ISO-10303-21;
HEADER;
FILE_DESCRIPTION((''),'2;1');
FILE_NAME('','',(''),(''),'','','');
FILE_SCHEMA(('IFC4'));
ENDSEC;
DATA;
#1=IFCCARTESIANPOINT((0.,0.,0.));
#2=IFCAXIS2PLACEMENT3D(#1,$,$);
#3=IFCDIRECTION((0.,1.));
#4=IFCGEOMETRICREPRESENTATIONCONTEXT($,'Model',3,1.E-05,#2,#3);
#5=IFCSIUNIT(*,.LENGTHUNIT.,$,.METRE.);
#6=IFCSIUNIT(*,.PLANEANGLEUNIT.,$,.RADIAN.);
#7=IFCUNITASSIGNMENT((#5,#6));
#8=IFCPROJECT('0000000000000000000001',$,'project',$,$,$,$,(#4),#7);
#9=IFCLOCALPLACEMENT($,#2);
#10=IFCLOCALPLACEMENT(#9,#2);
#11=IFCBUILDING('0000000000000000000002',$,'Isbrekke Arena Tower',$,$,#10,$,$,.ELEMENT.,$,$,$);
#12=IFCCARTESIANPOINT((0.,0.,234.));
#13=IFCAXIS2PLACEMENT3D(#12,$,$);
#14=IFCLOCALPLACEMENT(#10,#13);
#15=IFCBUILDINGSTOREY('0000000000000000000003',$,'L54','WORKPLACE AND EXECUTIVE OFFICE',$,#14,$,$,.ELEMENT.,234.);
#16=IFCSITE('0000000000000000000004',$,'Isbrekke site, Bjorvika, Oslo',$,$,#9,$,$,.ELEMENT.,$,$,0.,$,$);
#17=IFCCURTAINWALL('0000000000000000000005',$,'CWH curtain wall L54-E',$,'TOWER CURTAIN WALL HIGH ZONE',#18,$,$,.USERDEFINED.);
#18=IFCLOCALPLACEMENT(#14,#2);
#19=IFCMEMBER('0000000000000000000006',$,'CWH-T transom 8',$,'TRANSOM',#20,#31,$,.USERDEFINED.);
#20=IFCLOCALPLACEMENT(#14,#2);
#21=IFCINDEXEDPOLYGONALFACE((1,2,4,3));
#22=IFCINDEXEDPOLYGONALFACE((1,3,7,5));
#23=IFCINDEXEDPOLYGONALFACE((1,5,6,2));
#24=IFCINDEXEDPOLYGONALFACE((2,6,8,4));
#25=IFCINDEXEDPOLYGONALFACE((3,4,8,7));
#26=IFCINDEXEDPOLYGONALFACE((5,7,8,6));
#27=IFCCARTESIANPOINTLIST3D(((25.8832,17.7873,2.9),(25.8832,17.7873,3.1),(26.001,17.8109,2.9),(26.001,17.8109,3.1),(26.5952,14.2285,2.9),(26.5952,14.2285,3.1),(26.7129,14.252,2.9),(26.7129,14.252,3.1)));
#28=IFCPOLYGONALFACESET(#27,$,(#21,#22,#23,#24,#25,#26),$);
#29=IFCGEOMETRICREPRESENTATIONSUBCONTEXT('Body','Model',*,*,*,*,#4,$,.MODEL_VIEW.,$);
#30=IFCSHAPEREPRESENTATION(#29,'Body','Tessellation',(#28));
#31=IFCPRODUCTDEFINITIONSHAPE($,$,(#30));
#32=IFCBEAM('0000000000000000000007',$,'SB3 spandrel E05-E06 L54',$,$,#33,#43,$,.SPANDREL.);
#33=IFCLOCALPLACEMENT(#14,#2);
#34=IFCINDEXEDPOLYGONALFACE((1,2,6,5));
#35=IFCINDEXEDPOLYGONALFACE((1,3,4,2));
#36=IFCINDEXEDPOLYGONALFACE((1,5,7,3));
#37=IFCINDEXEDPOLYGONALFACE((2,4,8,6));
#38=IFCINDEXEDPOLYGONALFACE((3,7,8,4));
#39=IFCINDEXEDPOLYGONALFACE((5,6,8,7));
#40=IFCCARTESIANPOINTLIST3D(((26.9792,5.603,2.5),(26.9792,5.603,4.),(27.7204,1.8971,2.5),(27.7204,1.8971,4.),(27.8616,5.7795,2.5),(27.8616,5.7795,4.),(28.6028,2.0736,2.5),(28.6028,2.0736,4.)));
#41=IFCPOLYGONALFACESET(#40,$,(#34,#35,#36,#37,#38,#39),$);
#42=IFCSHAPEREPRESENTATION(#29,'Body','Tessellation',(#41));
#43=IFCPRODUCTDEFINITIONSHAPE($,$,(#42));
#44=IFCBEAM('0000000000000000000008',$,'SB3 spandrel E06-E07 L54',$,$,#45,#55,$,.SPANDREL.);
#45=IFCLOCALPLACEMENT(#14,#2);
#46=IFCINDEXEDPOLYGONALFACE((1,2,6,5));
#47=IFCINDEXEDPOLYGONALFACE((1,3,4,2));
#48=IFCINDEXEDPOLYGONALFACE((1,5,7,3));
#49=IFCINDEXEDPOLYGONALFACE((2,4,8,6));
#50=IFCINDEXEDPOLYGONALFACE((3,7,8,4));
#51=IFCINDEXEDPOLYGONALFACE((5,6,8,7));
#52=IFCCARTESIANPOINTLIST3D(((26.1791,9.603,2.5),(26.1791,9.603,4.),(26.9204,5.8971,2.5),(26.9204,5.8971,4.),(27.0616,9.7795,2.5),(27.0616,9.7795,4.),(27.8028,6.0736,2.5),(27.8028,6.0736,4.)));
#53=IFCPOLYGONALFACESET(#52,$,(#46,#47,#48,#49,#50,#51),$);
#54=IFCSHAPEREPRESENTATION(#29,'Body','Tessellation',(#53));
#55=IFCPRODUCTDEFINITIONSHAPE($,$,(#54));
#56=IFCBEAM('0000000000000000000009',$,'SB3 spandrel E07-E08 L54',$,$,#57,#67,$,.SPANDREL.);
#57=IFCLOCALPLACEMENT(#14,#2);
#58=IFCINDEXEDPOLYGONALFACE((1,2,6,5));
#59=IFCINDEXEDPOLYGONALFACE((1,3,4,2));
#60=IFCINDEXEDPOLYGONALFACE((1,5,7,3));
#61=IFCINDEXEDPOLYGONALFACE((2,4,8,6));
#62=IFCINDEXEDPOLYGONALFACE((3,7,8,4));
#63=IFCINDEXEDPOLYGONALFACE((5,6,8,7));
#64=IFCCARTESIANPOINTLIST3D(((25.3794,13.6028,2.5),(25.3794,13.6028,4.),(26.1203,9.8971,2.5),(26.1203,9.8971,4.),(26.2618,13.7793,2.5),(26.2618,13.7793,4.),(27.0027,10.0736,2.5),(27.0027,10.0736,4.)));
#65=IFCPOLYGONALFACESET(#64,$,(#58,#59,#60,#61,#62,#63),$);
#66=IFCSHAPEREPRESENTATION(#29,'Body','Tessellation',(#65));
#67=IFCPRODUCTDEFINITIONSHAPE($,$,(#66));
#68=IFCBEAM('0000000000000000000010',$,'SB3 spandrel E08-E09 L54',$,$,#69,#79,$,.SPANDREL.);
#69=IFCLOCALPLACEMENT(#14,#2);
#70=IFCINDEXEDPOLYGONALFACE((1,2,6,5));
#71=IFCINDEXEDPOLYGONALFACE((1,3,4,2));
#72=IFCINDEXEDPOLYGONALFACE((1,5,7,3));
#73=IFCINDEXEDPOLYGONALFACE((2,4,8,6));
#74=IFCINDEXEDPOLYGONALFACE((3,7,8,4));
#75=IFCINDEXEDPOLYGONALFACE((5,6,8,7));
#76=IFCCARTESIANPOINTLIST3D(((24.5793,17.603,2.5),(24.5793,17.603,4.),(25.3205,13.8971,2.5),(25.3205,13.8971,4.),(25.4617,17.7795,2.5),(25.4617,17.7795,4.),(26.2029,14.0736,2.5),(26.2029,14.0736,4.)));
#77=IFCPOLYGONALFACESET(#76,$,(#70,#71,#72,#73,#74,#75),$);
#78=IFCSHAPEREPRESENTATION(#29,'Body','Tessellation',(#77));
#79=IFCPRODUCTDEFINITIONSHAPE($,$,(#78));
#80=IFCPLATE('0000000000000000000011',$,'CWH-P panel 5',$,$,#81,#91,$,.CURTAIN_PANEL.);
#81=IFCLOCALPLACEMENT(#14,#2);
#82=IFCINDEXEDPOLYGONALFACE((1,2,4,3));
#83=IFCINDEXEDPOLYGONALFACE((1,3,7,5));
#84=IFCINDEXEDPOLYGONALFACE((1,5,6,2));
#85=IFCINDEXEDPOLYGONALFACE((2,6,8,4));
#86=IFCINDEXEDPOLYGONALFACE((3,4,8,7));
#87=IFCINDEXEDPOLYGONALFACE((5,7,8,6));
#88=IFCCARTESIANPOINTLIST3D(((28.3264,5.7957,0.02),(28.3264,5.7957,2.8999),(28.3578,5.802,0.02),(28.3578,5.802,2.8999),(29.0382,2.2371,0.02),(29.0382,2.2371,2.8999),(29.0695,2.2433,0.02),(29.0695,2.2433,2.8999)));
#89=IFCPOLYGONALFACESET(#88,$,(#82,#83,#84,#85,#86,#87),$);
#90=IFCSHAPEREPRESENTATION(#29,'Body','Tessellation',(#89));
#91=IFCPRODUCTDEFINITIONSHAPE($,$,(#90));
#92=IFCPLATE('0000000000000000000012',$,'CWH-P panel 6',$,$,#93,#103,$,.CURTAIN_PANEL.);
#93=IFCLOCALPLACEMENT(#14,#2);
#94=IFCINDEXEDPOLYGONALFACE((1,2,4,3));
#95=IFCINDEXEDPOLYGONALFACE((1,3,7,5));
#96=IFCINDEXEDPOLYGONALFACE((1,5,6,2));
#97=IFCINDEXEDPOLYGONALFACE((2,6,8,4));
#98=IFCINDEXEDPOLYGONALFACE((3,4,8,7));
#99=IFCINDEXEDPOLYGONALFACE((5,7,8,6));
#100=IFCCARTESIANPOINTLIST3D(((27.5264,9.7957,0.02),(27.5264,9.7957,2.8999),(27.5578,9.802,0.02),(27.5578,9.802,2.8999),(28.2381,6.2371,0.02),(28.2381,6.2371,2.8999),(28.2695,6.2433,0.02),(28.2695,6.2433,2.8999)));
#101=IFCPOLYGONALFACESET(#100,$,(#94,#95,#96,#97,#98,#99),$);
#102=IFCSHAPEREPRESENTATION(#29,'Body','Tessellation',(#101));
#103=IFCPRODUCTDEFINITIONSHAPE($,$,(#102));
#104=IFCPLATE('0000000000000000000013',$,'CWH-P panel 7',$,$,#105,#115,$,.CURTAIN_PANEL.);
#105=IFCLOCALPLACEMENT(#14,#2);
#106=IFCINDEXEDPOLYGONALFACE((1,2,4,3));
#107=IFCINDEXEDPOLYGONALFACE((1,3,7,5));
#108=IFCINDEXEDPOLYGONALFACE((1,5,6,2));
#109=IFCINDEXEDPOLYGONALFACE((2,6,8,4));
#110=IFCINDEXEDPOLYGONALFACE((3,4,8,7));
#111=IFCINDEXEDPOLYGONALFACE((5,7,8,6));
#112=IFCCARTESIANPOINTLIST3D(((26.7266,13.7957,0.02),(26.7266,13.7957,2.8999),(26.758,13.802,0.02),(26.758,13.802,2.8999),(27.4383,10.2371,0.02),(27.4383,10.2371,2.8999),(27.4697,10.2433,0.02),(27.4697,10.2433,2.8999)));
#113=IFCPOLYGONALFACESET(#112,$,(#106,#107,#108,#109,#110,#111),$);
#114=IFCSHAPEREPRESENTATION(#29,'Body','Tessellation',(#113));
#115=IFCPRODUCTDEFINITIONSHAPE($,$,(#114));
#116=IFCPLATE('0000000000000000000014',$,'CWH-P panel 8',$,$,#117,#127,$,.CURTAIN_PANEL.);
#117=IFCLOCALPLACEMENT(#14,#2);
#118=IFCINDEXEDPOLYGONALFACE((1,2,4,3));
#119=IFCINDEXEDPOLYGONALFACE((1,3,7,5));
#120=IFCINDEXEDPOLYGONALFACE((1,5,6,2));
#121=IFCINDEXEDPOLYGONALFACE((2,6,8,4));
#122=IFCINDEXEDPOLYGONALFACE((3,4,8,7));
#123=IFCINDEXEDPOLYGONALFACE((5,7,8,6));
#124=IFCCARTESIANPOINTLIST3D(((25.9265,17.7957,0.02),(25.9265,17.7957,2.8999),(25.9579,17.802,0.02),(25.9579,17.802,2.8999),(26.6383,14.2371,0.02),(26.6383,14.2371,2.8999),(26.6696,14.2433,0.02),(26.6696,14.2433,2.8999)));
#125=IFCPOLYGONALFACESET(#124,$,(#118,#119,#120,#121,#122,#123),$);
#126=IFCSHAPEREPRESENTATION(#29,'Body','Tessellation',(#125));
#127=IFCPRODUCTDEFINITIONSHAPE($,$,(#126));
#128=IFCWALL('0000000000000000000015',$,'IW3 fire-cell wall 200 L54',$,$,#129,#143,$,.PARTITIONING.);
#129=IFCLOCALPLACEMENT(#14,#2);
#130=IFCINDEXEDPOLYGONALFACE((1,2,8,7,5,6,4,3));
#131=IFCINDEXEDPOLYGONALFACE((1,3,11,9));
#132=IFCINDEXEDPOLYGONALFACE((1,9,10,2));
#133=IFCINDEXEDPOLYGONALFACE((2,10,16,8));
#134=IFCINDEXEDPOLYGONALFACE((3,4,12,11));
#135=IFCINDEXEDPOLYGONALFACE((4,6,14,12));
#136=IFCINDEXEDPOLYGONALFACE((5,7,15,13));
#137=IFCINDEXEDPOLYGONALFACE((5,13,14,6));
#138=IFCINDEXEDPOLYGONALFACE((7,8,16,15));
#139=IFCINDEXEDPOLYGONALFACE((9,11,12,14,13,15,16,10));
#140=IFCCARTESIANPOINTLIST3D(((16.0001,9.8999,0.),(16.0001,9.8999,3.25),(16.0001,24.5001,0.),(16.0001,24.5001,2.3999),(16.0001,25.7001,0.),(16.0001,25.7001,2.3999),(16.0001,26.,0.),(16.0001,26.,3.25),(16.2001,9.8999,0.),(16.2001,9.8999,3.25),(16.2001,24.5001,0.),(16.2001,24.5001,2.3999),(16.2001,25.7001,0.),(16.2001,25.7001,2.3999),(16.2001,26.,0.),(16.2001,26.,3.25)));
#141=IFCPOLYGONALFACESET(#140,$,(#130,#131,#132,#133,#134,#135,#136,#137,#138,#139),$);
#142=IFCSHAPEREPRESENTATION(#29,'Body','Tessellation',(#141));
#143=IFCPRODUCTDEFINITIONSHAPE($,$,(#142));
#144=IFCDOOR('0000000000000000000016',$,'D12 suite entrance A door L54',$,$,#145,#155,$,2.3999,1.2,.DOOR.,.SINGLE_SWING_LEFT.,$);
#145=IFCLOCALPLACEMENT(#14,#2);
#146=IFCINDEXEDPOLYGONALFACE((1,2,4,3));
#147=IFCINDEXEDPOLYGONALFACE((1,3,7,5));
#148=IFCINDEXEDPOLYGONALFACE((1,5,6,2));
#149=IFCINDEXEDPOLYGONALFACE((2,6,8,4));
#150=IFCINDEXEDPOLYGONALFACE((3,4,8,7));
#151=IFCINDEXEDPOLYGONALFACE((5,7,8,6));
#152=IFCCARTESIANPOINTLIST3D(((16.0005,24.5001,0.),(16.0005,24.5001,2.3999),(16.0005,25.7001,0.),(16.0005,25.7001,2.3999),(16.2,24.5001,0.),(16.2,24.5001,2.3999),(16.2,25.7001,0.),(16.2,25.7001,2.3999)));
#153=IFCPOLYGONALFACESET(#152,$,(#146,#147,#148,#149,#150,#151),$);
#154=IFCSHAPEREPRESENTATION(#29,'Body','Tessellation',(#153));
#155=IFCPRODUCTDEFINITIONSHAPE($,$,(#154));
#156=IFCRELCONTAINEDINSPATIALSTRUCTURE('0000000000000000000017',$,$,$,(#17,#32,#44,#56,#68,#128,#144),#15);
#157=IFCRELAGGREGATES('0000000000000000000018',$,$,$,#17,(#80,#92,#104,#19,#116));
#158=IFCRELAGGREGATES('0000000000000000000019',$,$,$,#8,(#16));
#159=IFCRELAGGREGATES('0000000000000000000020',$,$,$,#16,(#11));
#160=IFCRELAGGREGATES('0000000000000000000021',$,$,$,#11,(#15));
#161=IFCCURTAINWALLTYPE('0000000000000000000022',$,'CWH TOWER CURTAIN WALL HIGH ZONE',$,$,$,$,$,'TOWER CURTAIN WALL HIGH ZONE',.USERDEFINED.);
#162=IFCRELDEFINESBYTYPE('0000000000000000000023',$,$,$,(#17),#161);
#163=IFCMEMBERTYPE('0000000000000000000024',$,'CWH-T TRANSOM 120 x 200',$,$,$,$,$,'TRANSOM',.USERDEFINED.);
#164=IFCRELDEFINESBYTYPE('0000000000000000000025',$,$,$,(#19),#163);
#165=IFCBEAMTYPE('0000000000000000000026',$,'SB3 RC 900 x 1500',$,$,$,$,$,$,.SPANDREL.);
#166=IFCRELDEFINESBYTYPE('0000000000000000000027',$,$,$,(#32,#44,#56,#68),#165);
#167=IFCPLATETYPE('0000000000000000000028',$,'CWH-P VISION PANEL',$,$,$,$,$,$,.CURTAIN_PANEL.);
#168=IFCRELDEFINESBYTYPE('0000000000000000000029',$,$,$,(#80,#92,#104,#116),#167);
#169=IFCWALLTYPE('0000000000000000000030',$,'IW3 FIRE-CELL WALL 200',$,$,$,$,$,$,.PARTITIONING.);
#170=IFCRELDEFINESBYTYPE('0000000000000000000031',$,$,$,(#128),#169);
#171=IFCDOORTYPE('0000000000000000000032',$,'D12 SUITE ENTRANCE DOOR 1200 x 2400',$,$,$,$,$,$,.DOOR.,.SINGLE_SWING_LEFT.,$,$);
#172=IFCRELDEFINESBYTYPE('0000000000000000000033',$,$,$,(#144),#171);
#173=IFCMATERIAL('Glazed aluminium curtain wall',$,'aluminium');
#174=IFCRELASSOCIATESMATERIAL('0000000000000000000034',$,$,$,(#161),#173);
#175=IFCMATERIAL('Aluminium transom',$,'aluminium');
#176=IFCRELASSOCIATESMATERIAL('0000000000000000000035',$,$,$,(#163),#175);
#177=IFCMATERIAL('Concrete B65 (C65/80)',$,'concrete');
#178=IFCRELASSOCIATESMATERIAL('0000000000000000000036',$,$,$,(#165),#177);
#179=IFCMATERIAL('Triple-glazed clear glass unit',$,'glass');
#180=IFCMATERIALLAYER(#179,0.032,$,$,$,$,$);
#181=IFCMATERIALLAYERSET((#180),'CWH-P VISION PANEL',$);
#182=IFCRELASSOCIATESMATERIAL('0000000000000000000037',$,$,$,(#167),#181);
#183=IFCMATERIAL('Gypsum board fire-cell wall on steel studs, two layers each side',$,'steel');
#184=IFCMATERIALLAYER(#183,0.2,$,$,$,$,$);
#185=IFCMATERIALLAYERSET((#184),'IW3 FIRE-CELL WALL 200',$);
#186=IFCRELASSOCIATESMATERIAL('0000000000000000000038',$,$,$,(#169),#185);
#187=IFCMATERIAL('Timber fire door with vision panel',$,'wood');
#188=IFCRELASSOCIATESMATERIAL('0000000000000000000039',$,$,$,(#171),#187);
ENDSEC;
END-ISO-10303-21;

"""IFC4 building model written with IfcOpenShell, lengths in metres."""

from ifc_helpers import new_model, si_unit, direction, frame, frame_2d, origin, origin_2d, place, context, subcontext, project, spatial, rectangle, extrude, material, layer, layer_set, material_profile, profile_set, type_object, element, fill, aggregate, save


model = new_model("IFC4")

# Units and contexts
model_context = context("Model", 3, precision=1e-05, world=origin(), true_north=direction((0.0, 1.0)))
body_context = subcontext(model_context, "Body", "Model", "MODEL_VIEW")
ifc_project = project(units=[si_unit("LENGTHUNIT", "METRE"), si_unit("PLANEANGLEUNIT", "RADIAN")], contexts=[model_context])

# Site, building, storey
site_placement = place(None, origin())
site = spatial("IfcSite", under=ifc_project, at=site_placement, Name="Isbrekke site, Bjorvika, Oslo", CompositionType="ELEMENT", RefElevation=0.0)
building_placement = place(site_placement, origin())
building = spatial("IfcBuilding", under=site, at=building_placement, Name="Isbrekke Arena Tower", CompositionType="ELEMENT")
storey_placement = place(building_placement, frame((0.0, 0.0, 234.0)))
storey = spatial("IfcBuildingStorey", under=building, at=storey_placement, Name="L54", Description="WORKPLACE AND EXECUTIVE OFFICE", CompositionType="ELEMENT", Elevation=234.0)

# Curtain wall, member
ifc_material_1 = material(Name="Glazed aluminium curtain wall", Category="aluminium")
curtain_wall_type = type_object("IfcCurtainWallType", Name="CWH TOWER CURTAIN WALL HIGH ZONE", ElementType="TOWER CURTAIN WALL HIGH ZONE", PredefinedType="USERDEFINED", material=ifc_material_1)
curtain_wall_placement = place(storey_placement, origin())
curtain_wall = element("IfcCurtainWall", 1, at=curtain_wall_placement, inside=storey, type_object=curtain_wall_type, Name="CWH curtain wall L54-E", ObjectType="TOWER CURTAIN WALL HIGH ZONE", PredefinedType="USERDEFINED")
ifc_material_2 = material(Name="Aluminium transom", Category="aluminium")
ifc_material_profile_1 = material_profile(ifc_material_2, rectangle(XDim=0.1201, YDim=0.2, at=origin_2d()), Name="TRANSOM 120X200")
ifc_profile_set_1 = profile_set([ifc_material_profile_1], Name="Aluminium transom")
member_type_1 = type_object("IfcMemberType", Name="CWH-T TRANSOM 120 x 200", ElementType="TRANSOM", PredefinedType="USERDEFINED", material=ifc_profile_set_1)
member_1_placement = place(storey_placement, frame((26.6541, 14.2402, 3.0), z_axis=(-0.196155, 0.980573, 0.0), x_axis=(-0.980573, -0.196155, 0.0)))
member_1 = element("IfcMember", 2, at=member_1_placement, type_object=member_type_1, Name="CWH-T transom 8", ObjectType="TRANSOM", PredefinedType="USERDEFINED", context=body_context, shape_type="SweptSolid", body=[
    extrude(rectangle(XDim=0.1201, YDim=0.2, at=origin_2d()), origin(), (0.0, 0.0, 1.0), 3.6294),
])

# Beams
ifc_material_3 = material(Name="Concrete B65 (C65/80)", Category="concrete")
ifc_material_profile_2 = material_profile(ifc_material_3, rectangle(XDim=0.8999, YDim=1.5, at=origin_2d()), Name="RC 900x1500")
ifc_profile_set_2 = profile_set([ifc_material_profile_2], Name="Concrete B65 (C65/80)")
beam_type_1 = type_object("IfcBeamType", Name="SB3 RC 900 x 1500", PredefinedType="SPANDREL", material=ifc_profile_set_2)
for number, where, z_axis, x_axis, name in (
    (3, (28.1616, 1.9854, 3.25), (-0.196129, 0.980578, 0.0), (-0.980578, -0.196129, 0.0), "SB3 spandrel E05-E06 L54"),
    (4, (27.3616, 5.9854, 3.25), (-0.196129, 0.980578, 0.0), (-0.980578, -0.196129, 0.0), "SB3 spandrel E06-E07 L54"),
):
    element("IfcBeam", number, at=place(storey_placement, frame(where, z_axis=z_axis, x_axis=x_axis)), inside=storey, type_object=beam_type_1, Name=name, PredefinedType="SPANDREL", context=body_context, shape_type="SweptSolid", body=[
        extrude(rectangle(XDim=0.8999, YDim=1.5, at=origin_2d()), origin(), (0.0, 0.0, 1.0), 3.7793),
    ])
beam_1_placement = place(storey_placement, frame((26.5615, 9.9854, 3.25), z_axis=(-0.196066, 0.980591, 0.0), x_axis=(-0.980591, -0.196066, 0.0)))
element("IfcBeam", 5, at=beam_1_placement, inside=storey, type_object=beam_type_1, Name="SB3 spandrel E07-E08 L54", PredefinedType="SPANDREL", context=body_context, shape_type="SweptSolid", body=[
    extrude(rectangle(XDim=0.8999, YDim=1.5, at=origin_2d()), origin(), (0.0, 0.0, 1.0), 3.7791),
])
beam_2_placement = place(storey_placement, frame((25.7617, 13.9854, 3.25), z_axis=(-0.196129, 0.980578, 0.0), x_axis=(-0.980578, -0.196129, 0.0)))
element("IfcBeam", 6, at=beam_2_placement, inside=storey, type_object=beam_type_1, Name="SB3 spandrel E08-E09 L54", PredefinedType="SPANDREL", context=body_context, shape_type="SweptSolid", body=[
    extrude(rectangle(XDim=0.8999, YDim=1.5, at=origin_2d()), origin(), (0.0, 0.0, 1.0), 3.7793),
])

# Plates
ifc_material_4 = material(Name="Triple-glazed clear glass unit", Category="glass")
ifc_layer_1 = layer(ifc_material_4, 0.032)
ifc_layer_set_1 = layer_set([ifc_layer_1], Name="CWH-P VISION PANEL")
plate_type = type_object("IfcPlateType", Name="CWH-P VISION PANEL", PredefinedType="CURTAIN_PANEL", material=ifc_layer_set_1)
plate_1_placement = place(storey_placement, frame((28.698, 4.0195, 0.02), z_axis=(0.0, 0.0, 1.0), x_axis=(-0.196116, 0.980581, 0.0)))
plate_1 = element("IfcPlate", 7, at=plate_1_placement, type_object=plate_type, Name="CWH-P panel 5", PredefinedType="CURTAIN_PANEL", context=body_context, shape_type="SweptSolid", body=[
    extrude(rectangle(XDim=3.6292, YDim=0.032, at=origin_2d()), origin(), (0.0, 0.0, 1.0), 2.8799),
])
plate_2_placement = place(storey_placement, frame((27.8979, 8.0195, 0.02), z_axis=(0.0, 0.0, 1.0), x_axis=(-0.196116, 0.980581, 0.0)))
plate_2 = element("IfcPlate", 8, at=plate_2_placement, type_object=plate_type, Name="CWH-P panel 6", PredefinedType="CURTAIN_PANEL", context=body_context, shape_type="SweptSolid", body=[
    extrude(rectangle(XDim=3.6292, YDim=0.032, at=origin_2d()), origin(), (0.0, 0.0, 1.0), 2.8799),
])
plate_3_placement = place(storey_placement, frame((27.0981, 12.0195, 0.02), z_axis=(0.0, 0.0, 1.0), x_axis=(-0.196116, 0.980581, 0.0)))
plate_3 = element("IfcPlate", 9, at=plate_3_placement, type_object=plate_type, Name="CWH-P panel 7", PredefinedType="CURTAIN_PANEL", context=body_context, shape_type="SweptSolid", body=[
    extrude(rectangle(XDim=3.6292, YDim=0.032, at=origin_2d()), origin(), (0.0, 0.0, 1.0), 2.8799),
])
plate_4_placement = place(storey_placement, frame((26.2981, 16.0195, 0.02), z_axis=(0.0, 0.0, 1.0), x_axis=(-0.196116, 0.980581, 0.0)))
plate_4 = element("IfcPlate", 10, at=plate_4_placement, type_object=plate_type, Name="CWH-P panel 8", PredefinedType="CURTAIN_PANEL", context=body_context, shape_type="SweptSolid", body=[
    extrude(rectangle(XDim=3.6292, YDim=0.032, at=origin_2d()), origin(), (0.0, 0.0, 1.0), 2.8799),
])
aggregate(curtain_wall, [plate_1, plate_2, plate_3, member_1, plate_4])

# Wall, opening, door
ifc_material_5 = material(Name="Gypsum board fire-cell wall on steel studs, two layers each side", Category="steel")
ifc_layer_2 = layer(ifc_material_5, 0.2)
ifc_layer_set_2 = layer_set([ifc_layer_2], Name="IW3 FIRE-CELL WALL 200")
wall_type = type_object("IfcWallType", Name="IW3 FIRE-CELL WALL 200", PredefinedType="PARTITIONING", material=ifc_layer_set_2)
wall_placement = place(storey_placement, frame((16.1001, 9.8999, 0.0), z_axis=(0.0, 0.0, 1.0), x_axis=(0.0, 1.0, 0.0)))
wall = element("IfcWall", 11, at=wall_placement, inside=storey, type_object=wall_type, Name="IW3 fire-cell wall 200 L54", PredefinedType="PARTITIONING", context=body_context, shape_type="SweptSolid", body=[
    extrude(rectangle(XDim=16.1001, YDim=0.2, at=frame_2d((8.05, 0.0))), origin(), (0.0, 0.0, 1.0), 3.25),
])
opening_placement = place(wall_placement, frame((14.6001, 0.0, 0.0)))
opening = element("IfcOpeningElement", 12, at=opening_placement, cuts=wall, PredefinedType="OPENING", context=body_context, shape_type="SweptSolid", body=[
    extrude(rectangle(XDim=1.2, YDim=2.3999, at=frame_2d((0.6001, 1.2))), frame((0.0, 0.1147, 0.0), z_axis=(0.0, -1.0, 0.0), x_axis=(1.0, 0.0, 0.0)), (0.0, 0.0, 1.0), 0.2297),
])
ifc_material_6 = material(Name="Timber fire door with vision panel", Category="wood")
door_type = type_object("IfcDoorType", Name="D12 SUITE ENTRANCE DOOR 1200 x 2400", OperationType="SINGLE_SWING_LEFT", PredefinedType="DOOR", material=ifc_material_6)
door_placement = place(opening_placement, origin())
door = element("IfcDoor", 13, at=door_placement, inside=storey, type_object=door_type, Name="D12 suite entrance A door L54", OperationType="SINGLE_SWING_LEFT", OverallHeight=2.3999, OverallWidth=1.2, PredefinedType="DOOR", context=body_context, shape_type="SweptSolid", body=[
    extrude(rectangle(XDim=1.2, YDim=2.3999, at=frame_2d((0.6001, 1.2))), frame((0.0, 0.0996, 0.0), z_axis=(0.0, -1.0, 0.0), x_axis=(1.0, 0.0, 0.0)), (0.0, 0.0, 1.0), 0.1995),
])
fill(opening, door)

save(model, "model.ifc")
